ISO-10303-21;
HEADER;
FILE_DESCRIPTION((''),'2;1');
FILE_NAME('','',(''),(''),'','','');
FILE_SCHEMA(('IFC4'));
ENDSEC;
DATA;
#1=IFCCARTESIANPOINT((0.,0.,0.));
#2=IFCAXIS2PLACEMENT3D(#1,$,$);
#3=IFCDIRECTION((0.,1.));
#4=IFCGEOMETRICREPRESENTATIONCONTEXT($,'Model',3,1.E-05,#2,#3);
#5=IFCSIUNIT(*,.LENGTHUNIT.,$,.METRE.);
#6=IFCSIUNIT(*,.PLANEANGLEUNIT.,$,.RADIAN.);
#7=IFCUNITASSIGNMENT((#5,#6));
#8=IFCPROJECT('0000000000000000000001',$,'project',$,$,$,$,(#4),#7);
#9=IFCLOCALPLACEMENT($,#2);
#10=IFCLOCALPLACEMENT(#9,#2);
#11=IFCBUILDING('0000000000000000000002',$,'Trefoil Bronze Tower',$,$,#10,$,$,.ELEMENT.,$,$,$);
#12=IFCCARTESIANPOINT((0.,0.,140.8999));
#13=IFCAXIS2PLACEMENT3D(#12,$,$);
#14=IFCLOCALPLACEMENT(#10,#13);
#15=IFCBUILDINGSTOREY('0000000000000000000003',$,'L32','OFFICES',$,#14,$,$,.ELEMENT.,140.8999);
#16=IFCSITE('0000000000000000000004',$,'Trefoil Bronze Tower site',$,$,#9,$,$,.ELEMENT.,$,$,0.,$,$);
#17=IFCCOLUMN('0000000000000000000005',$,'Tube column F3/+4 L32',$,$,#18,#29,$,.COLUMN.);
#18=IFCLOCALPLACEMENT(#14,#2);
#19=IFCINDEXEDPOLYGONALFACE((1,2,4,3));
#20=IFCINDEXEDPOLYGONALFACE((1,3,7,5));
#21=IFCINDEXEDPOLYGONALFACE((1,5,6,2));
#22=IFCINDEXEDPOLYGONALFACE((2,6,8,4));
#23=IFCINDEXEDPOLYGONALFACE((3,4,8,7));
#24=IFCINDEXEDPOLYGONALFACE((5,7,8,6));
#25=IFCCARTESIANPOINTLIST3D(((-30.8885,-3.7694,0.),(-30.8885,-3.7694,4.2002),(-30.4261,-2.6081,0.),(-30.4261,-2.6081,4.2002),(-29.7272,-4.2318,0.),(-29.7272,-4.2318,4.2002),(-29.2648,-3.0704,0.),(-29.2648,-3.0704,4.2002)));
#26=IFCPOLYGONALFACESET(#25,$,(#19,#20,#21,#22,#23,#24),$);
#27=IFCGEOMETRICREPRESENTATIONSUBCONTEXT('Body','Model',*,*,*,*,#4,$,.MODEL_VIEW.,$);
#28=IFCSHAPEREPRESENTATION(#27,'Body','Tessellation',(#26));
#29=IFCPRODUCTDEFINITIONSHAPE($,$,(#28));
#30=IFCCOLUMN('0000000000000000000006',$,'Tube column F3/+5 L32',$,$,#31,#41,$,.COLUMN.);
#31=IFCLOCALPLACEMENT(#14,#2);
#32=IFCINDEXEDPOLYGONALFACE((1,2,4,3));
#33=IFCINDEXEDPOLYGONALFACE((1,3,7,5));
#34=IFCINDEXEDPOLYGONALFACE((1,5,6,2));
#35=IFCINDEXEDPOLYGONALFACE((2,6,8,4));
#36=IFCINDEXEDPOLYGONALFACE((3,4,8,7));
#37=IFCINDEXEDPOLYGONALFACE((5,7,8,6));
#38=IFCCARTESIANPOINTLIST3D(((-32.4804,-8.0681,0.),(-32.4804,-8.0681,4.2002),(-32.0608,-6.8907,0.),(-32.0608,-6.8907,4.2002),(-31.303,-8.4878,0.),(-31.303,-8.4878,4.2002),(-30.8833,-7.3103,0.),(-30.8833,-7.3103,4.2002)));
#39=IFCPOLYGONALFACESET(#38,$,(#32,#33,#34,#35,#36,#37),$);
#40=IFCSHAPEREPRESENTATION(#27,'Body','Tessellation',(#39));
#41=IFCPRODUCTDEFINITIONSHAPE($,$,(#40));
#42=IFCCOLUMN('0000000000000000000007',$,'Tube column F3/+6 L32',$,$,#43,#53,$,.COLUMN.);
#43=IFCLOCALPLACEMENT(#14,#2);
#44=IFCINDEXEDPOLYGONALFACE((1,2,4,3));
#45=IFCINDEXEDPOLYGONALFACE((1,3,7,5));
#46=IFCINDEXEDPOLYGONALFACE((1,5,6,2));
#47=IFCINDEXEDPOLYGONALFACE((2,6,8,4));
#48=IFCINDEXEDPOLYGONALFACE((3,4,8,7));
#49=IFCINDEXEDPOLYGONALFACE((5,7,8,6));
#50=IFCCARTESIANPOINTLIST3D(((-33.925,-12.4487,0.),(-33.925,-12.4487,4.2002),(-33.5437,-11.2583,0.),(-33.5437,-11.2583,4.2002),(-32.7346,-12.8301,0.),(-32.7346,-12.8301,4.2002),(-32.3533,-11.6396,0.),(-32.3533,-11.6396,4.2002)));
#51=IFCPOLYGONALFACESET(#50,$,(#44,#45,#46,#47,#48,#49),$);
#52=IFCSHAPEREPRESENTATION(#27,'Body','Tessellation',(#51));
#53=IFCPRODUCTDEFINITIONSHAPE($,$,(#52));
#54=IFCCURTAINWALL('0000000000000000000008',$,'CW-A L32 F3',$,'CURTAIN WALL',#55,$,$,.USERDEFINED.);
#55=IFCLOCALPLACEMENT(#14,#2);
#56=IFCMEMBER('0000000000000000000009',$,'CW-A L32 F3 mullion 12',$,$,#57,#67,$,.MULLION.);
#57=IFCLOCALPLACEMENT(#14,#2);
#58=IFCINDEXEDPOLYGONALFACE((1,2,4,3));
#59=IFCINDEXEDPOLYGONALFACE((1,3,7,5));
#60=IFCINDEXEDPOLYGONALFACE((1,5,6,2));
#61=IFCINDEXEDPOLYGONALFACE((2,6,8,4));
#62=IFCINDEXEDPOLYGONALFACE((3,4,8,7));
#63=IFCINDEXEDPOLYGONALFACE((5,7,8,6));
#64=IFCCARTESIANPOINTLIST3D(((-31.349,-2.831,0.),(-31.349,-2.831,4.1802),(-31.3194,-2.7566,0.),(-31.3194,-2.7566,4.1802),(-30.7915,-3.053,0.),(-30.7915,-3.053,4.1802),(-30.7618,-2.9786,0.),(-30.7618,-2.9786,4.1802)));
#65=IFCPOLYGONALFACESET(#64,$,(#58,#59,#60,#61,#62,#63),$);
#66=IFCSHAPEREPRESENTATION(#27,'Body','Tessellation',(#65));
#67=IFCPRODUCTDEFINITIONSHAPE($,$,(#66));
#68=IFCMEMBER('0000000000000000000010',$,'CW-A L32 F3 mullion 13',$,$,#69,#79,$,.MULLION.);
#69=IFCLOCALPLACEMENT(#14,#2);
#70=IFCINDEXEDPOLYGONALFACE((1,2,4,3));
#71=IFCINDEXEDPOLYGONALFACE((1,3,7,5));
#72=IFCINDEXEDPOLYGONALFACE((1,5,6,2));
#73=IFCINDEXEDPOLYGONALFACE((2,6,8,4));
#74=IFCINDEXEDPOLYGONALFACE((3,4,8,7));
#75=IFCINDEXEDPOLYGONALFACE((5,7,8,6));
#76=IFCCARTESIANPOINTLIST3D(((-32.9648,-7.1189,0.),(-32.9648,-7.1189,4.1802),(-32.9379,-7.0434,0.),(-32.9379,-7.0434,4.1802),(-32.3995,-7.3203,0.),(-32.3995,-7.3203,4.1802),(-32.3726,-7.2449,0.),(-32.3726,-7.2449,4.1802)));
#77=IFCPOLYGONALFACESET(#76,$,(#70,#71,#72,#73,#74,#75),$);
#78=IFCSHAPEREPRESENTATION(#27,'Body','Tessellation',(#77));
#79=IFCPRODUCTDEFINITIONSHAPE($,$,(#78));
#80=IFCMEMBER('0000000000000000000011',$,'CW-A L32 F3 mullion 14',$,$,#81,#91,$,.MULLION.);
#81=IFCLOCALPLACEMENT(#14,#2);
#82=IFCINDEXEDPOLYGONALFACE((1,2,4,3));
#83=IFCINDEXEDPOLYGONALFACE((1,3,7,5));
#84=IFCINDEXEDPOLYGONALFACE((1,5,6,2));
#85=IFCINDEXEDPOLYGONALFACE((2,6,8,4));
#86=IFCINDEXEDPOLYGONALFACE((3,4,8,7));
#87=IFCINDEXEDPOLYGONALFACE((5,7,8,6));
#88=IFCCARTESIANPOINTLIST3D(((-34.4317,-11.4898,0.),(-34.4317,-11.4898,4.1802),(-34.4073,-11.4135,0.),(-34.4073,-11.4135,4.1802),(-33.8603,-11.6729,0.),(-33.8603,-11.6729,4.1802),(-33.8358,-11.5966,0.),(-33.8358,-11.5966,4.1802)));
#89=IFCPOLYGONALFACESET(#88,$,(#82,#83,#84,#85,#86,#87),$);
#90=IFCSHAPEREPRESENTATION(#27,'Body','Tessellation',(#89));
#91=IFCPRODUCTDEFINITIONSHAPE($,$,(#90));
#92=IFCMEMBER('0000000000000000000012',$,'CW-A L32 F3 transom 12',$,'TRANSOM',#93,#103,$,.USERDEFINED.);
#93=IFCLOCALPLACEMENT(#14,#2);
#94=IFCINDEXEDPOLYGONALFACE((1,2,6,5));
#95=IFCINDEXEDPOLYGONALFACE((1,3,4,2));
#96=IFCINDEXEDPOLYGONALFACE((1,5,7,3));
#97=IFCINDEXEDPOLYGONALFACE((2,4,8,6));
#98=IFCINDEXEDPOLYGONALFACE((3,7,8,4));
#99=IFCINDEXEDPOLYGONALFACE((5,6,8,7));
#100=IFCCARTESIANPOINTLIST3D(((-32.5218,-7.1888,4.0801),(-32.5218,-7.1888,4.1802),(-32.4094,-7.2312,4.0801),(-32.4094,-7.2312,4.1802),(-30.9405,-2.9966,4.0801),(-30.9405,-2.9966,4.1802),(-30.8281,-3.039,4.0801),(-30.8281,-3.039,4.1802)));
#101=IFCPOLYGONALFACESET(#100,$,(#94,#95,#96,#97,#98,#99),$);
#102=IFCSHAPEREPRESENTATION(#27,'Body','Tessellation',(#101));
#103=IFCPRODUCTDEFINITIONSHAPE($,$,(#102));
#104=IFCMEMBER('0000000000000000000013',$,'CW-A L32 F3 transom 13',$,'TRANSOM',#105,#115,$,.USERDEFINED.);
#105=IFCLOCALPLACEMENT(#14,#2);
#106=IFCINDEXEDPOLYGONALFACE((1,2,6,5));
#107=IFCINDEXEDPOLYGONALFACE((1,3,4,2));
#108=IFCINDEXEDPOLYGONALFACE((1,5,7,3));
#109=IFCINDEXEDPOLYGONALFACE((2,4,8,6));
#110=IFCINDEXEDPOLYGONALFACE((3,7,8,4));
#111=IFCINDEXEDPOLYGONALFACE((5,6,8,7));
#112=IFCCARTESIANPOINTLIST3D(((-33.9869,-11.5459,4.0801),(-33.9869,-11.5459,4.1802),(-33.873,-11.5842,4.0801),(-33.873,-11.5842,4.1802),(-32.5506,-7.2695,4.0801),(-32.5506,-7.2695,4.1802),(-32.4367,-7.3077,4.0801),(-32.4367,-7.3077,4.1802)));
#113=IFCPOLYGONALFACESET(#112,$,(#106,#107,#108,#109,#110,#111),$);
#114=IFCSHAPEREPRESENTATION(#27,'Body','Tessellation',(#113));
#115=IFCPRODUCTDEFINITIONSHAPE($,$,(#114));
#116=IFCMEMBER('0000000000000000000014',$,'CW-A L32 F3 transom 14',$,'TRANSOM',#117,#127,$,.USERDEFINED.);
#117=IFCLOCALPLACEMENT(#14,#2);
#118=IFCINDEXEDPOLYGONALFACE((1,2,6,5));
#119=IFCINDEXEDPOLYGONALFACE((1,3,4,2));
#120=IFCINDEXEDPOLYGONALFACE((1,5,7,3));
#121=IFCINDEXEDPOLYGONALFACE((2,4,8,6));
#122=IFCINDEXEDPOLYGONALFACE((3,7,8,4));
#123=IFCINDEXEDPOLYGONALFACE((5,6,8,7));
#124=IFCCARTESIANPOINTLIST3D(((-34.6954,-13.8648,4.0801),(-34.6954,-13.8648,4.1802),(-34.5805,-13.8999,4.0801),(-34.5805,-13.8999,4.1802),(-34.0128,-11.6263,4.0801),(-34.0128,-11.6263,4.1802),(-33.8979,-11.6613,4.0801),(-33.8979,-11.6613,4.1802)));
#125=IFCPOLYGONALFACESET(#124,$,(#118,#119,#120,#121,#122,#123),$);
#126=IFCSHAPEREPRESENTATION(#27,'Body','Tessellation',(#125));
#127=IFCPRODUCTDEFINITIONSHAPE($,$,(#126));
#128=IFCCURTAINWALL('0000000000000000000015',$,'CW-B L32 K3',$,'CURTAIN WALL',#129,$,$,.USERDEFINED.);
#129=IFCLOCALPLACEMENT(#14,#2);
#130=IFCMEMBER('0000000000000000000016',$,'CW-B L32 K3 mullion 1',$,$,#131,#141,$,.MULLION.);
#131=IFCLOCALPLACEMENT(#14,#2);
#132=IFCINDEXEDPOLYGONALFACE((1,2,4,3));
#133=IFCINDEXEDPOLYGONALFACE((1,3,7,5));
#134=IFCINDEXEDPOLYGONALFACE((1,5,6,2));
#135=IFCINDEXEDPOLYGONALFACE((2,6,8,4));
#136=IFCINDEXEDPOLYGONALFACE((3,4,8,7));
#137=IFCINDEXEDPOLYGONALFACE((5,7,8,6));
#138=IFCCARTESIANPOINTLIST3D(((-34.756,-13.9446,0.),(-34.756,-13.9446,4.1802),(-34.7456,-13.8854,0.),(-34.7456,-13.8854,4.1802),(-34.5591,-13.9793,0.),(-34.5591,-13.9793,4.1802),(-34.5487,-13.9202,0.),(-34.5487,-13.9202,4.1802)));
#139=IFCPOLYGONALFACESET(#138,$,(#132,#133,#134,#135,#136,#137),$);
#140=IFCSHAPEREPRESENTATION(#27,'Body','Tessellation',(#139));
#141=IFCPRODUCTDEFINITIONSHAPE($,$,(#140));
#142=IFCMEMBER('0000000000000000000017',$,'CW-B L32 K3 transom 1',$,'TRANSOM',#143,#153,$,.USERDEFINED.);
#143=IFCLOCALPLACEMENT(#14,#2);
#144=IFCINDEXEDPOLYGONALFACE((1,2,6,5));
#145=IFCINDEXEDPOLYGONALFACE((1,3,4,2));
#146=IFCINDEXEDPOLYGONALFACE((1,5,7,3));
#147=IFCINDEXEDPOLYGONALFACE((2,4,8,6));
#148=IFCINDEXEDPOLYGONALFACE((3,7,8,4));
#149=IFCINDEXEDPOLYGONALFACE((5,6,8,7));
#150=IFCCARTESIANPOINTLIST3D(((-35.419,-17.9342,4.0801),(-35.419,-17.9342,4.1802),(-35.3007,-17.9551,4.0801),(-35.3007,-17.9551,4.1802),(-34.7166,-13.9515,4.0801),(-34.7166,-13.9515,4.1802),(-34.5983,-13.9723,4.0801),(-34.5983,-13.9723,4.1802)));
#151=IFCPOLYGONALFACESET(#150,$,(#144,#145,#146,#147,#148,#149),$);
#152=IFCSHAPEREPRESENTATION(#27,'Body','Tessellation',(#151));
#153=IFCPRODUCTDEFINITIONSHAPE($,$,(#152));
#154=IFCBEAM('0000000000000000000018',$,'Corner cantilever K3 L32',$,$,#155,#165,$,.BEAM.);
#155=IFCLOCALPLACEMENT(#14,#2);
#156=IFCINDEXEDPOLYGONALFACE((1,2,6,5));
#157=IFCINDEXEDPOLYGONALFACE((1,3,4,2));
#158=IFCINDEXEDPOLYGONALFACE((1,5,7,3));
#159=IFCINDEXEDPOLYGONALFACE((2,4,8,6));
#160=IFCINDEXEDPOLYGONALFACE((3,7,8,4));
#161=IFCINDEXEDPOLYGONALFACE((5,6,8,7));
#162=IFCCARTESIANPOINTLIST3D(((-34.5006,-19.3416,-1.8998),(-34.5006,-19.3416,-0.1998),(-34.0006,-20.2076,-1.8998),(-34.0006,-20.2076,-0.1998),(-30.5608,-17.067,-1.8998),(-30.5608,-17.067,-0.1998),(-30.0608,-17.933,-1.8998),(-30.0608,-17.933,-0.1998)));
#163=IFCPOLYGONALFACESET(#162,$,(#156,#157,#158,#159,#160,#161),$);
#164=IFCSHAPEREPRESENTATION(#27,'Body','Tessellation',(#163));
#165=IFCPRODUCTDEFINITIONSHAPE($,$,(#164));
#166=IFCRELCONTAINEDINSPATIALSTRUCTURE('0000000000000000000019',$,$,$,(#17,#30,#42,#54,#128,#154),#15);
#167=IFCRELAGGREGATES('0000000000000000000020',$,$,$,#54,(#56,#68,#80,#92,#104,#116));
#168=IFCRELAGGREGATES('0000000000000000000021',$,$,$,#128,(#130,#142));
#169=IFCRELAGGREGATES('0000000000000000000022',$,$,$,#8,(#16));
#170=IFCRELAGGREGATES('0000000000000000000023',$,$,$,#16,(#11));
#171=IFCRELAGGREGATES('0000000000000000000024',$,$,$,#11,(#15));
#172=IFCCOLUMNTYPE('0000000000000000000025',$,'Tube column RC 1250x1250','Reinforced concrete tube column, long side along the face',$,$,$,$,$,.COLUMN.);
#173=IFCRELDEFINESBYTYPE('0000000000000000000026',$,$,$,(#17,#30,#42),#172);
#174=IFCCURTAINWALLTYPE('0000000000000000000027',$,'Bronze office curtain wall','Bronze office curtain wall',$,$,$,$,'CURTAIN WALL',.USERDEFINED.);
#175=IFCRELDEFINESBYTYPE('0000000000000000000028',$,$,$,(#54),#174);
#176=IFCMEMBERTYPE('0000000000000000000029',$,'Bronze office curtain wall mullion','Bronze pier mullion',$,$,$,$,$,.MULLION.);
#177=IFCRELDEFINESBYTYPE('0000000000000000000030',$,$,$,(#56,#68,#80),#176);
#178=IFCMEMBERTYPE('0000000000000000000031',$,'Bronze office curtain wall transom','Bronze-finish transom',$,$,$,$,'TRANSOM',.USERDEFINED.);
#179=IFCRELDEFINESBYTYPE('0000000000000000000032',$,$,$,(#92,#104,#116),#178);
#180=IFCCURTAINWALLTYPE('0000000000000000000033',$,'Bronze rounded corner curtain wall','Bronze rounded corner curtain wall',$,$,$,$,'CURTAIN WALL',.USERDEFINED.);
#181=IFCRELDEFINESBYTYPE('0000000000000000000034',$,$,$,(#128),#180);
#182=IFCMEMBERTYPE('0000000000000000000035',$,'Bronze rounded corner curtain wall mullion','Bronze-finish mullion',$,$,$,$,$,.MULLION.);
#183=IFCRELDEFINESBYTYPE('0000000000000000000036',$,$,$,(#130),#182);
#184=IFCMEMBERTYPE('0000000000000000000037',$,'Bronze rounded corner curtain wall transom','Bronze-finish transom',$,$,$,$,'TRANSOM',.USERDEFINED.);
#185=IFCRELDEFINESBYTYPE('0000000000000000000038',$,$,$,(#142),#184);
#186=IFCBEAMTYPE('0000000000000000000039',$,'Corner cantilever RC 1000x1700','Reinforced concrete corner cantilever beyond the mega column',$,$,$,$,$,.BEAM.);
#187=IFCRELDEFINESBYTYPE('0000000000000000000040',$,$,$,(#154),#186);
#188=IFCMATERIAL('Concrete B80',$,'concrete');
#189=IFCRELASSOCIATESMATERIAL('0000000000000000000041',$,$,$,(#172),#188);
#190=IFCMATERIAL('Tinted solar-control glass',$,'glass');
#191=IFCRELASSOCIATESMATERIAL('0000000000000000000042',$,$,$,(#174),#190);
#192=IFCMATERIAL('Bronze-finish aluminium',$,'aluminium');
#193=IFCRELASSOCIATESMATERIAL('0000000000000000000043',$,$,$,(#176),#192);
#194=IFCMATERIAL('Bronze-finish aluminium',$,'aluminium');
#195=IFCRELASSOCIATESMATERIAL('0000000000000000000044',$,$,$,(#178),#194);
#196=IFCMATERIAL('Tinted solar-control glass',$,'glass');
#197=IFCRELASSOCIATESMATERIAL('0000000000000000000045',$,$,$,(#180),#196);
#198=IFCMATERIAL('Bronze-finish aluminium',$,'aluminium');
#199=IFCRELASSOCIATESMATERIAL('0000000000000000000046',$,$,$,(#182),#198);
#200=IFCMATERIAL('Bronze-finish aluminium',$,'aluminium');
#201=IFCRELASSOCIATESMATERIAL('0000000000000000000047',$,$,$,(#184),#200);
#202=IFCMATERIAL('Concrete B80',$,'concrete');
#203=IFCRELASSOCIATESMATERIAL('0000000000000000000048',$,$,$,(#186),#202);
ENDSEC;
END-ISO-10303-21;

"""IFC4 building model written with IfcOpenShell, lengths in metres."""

from ifc_helpers import new_model, si_unit, direction, frame, origin, origin_2d, place, context, subcontext, project, spatial, rectangle, extrude, material, material_profile, profile_set, type_object, element, aggregate, save


model = new_model("IFC4")

# Units and contexts
model_context = context("Model", 3, precision=1e-05, world=origin(), true_north=direction((0.0, 1.0)))
body_context = subcontext(model_context, "Body", "Model", "MODEL_VIEW")
ifc_project = project(units=[si_unit("LENGTHUNIT", "METRE"), si_unit("PLANEANGLEUNIT", "RADIAN")], contexts=[model_context])

# Site, building, storey
site_placement = place(None, origin())
site = spatial("IfcSite", under=ifc_project, at=site_placement, Name="Trefoil Bronze Tower site", CompositionType="ELEMENT", RefElevation=0.0)
building_placement = place(site_placement, origin())
building = spatial("IfcBuilding", under=site, at=building_placement, Name="Trefoil Bronze Tower", CompositionType="ELEMENT")
storey_placement = place(building_placement, frame((0.0, 0.0, 140.8999)))
storey = spatial("IfcBuildingStorey", under=building, at=storey_placement, Name="L32", Description="OFFICES", CompositionType="ELEMENT", Elevation=140.8999)

# Columns
ifc_material_1 = material(Name="Concrete B80", Category="concrete")
ifc_material_profile_1 = material_profile(ifc_material_1, rectangle(XDim=1.25, YDim=1.25, at=origin_2d()), Name="RC 1250x1250")
ifc_profile_set_1 = profile_set([ifc_material_profile_1], Name="Concrete B80")
column_type = type_object("IfcColumnType", Name="Tube column RC 1250x1250", Description="Reinforced concrete tube column, long side along the face", PredefinedType="COLUMN", material=ifc_profile_set_1)
for number, where, z_axis, x_axis, name in (
    (1, (-30.0767, -3.4199, 0.0), (0.0, 0.0, 1.0), (-0.369901, -0.929071, 0.0), "Tube column F3/+4 L32"),
    (2, (-31.6819, -7.6892, 0.0), (0.0, 0.0, 1.0), (-0.335718, -0.941963, 0.0), "Tube column F3/+5 L32"),
    (3, (-33.1392, -12.0442, 0.0), (0.0, 0.0, 1.0), (-0.305066, -0.952331, 0.0), "Tube column F3/+6 L32"),
):
    element("IfcColumn", number, at=place(storey_placement, frame(where, z_axis=z_axis, x_axis=x_axis)), inside=storey, type_object=column_type, Name=name, PredefinedType="COLUMN", context=body_context, shape_type="SweptSolid", body=[
        extrude(rectangle(XDim=1.25, YDim=1.25, at=origin_2d()), origin(), (0.0, 0.0, 1.0), 4.2002),
    ])

# Curtain walls, members
ifc_material_2 = material(Name="Tinted solar-control glass", Category="glass")
curtain_wall_type_1 = type_object("IfcCurtainWallType", Name="Bronze office curtain wall", Description="Bronze office curtain wall", ElementType="CURTAIN WALL", PredefinedType="USERDEFINED", material=ifc_material_2)
curtain_wall_1_placement = place(storey_placement, origin())
curtain_wall_1 = element("IfcCurtainWall", 4, at=curtain_wall_1_placement, inside=storey, type_object=curtain_wall_type_1, Name="CW-A L32 F3", ObjectType="CURTAIN WALL", PredefinedType="USERDEFINED")
ifc_material_3 = material(Name="Bronze-finish aluminium", Category="aluminium")
ifc_material_profile_2 = material_profile(ifc_material_3, rectangle(XDim=0.6001, YDim=0.0801, at=origin_2d()), Name="CW-A mullion")
ifc_profile_set_2 = profile_set([ifc_material_profile_2], Name="Bronze-finish aluminium")
member_type_1 = type_object("IfcMemberType", Name="Bronze office curtain wall mullion", Description="Bronze pier mullion", PredefinedType="MULLION", material=ifc_profile_set_2)
member_1_placement = place(storey_placement, frame((-31.0554, -2.9048, 0.0), z_axis=(0.0, 0.0, 1.0), x_axis=(0.929071, -0.369901, 0.0)))
member_1 = element("IfcMember", 5, at=member_1_placement, type_object=member_type_1, Name="CW-A L32 F3 mullion 12", PredefinedType="MULLION", context=body_context, shape_type="SweptSolid", body=[
    extrude(rectangle(XDim=0.6001, YDim=0.0801, at=origin_2d()), origin(), (0.0, 0.0, 1.0), 4.1802),
])
member_2_placement = place(storey_placement, frame((-32.6687, -7.1819, 0.0), z_axis=(0.0, 0.0, 1.0), x_axis=(0.941963, -0.335718, 0.0)))
member_2 = element("IfcMember", 6, at=member_2_placement, type_object=member_type_1, Name="CW-A L32 F3 mullion 13", PredefinedType="MULLION", context=body_context, shape_type="SweptSolid", body=[
    extrude(rectangle(XDim=0.6001, YDim=0.0801, at=origin_2d()), origin(), (0.0, 0.0, 1.0), 4.1802),
])
member_3_placement = place(storey_placement, frame((-34.1338, -11.5432, 0.0), z_axis=(0.0, 0.0, 1.0), x_axis=(0.952331, -0.305066, 0.0)))
member_3 = element("IfcMember", 7, at=member_3_placement, type_object=member_type_1, Name="CW-A L32 F3 mullion 14", PredefinedType="MULLION", context=body_context, shape_type="SweptSolid", body=[
    extrude(rectangle(XDim=0.6001, YDim=0.0801, at=origin_2d()), origin(), (0.0, 0.0, 1.0), 4.1802),
])
ifc_material_4 = material(Name="Bronze-finish aluminium", Category="aluminium")
ifc_material_profile_3 = material_profile(ifc_material_4, rectangle(XDim=0.1201, YDim=0.1001, at=origin_2d()), Name="CW-A transom")
ifc_profile_set_3 = profile_set([ifc_material_profile_3], Name="Bronze-finish aluminium")
member_type_2 = type_object("IfcMemberType", Name="Bronze office curtain wall transom", Description="Bronze-finish transom", ElementType="TRANSOM", PredefinedType="USERDEFINED", material=ifc_profile_set_3)
member_4_placement = place(storey_placement, frame((-30.8843, -3.0178, 4.1301), z_axis=(-0.352932, -0.935649, 0.0), x_axis=(0.935649, -0.352932, 0.0)))
member_4 = element("IfcMember", 8, at=member_4_placement, type_object=member_type_2, Name="CW-A L32 F3 transom 12", ObjectType="TRANSOM", PredefinedType="USERDEFINED", context=body_context, shape_type="SweptSolid", body=[
    extrude(rectangle(XDim=0.1201, YDim=0.1001, at=origin_2d()), origin(), (0.0, 0.0, 1.0), 4.4805),
])
member_5_placement = place(storey_placement, frame((-32.4937, -7.2886, 4.1301), z_axis=(-0.318386, -0.947961, 0.0), x_axis=(0.947961, -0.318386, 0.0)))
member_5 = element("IfcMember", 9, at=member_5_placement, type_object=member_type_2, Name="CW-A L32 F3 transom 13", ObjectType="TRANSOM", PredefinedType="USERDEFINED", context=body_context, shape_type="SweptSolid", body=[
    extrude(rectangle(XDim=0.1201, YDim=0.1001, at=origin_2d()), origin(), (0.0, 0.0, 1.0), 4.5112),
])
member_6_placement = place(storey_placement, frame((-33.9553, -11.6438, 4.1301), z_axis=(-0.29168, -0.956516, 0.0), x_axis=(0.956516, -0.29168, 0.0)))
member_6 = element("IfcMember", 10, at=member_6_placement, type_object=member_type_2, Name="CW-A L32 F3 transom 14", ObjectType="TRANSOM", PredefinedType="USERDEFINED", context=body_context, shape_type="SweptSolid", body=[
    extrude(rectangle(XDim=0.1201, YDim=0.1001, at=origin_2d()), origin(), (0.0, 0.0, 1.0), 2.3403),
])
ifc_material_5 = material(Name="Tinted solar-control glass", Category="glass")
curtain_wall_type_2 = type_object("IfcCurtainWallType", Name="Bronze rounded corner curtain wall", Description="Bronze rounded corner curtain wall", ElementType="CURTAIN WALL", PredefinedType="USERDEFINED", material=ifc_material_5)
curtain_wall_2_placement = place(storey_placement, origin())
curtain_wall_2 = element("IfcCurtainWall", 11, at=curtain_wall_2_placement, inside=storey, type_object=curtain_wall_type_2, Name="CW-B L32 K3", ObjectType="CURTAIN WALL", PredefinedType="USERDEFINED")
ifc_material_6 = material(Name="Bronze-finish aluminium", Category="aluminium")
ifc_material_profile_4 = material_profile(ifc_material_6, rectangle(XDim=0.2, YDim=0.0601, at=origin_2d()), Name="CW-B mullion")
ifc_profile_set_4 = profile_set([ifc_material_profile_4], Name="Bronze-finish aluminium")
member_type_3 = type_object("IfcMemberType", Name="Bronze rounded corner curtain wall mullion", Description="Bronze-finish mullion", PredefinedType="MULLION", material=ifc_profile_set_4)
member_7_placement = place(storey_placement, frame((-34.6523, -13.9324, 0.0), z_axis=(0.0, 0.0, 1.0), x_axis=(0.984808, -0.173648, 0.0)))
member_7 = element("IfcMember", 12, at=member_7_placement, type_object=member_type_3, Name="CW-B L32 K3 mullion 1", PredefinedType="MULLION", context=body_context, shape_type="SweptSolid", body=[
    extrude(rectangle(XDim=0.2, YDim=0.0601, at=origin_2d()), origin(), (0.0, 0.0, 1.0), 4.1802),
])
ifc_material_7 = material(Name="Bronze-finish aluminium", Category="aluminium")
ifc_material_profile_5 = material_profile(ifc_material_7, rectangle(XDim=0.1201, YDim=0.1001, at=origin_2d()), Name="CW-B transom")
ifc_profile_set_5 = profile_set([ifc_material_profile_5], Name="Bronze-finish aluminium")
member_type_4 = type_object("IfcMemberType", Name="Bronze rounded corner curtain wall transom", Description="Bronze-finish transom", ElementType="TRANSOM", PredefinedType="USERDEFINED", material=ifc_profile_set_5)
member_8_placement = place(storey_placement, frame((-34.6575, -13.9619, 4.1301), z_axis=(-0.173682, -0.984802, 0.0), x_axis=(0.984802, -0.173682, 0.0)))
member_8 = element("IfcMember", 13, at=member_8_placement, type_object=member_type_4, Name="CW-B L32 K3 transom 1", ObjectType="TRANSOM", PredefinedType="USERDEFINED", context=body_context, shape_type="SweptSolid", body=[
    extrude(rectangle(XDim=0.1201, YDim=0.1001, at=origin_2d()), origin(), (0.0, 0.0, 1.0), 4.0442),
])

# Beam
ifc_material_8 = material(Name="Concrete B80", Category="concrete")
ifc_material_profile_6 = material_profile(ifc_material_8, rectangle(XDim=1.0, YDim=1.7, at=origin_2d()), Name="RC 1000x1700")
ifc_profile_set_6 = profile_set([ifc_material_profile_6], Name="Concrete B80")
beam_type_1 = type_object("IfcBeamType", Name="Corner cantilever RC 1000x1700", Description="Reinforced concrete corner cantilever beyond the mega column", PredefinedType="BEAM", material=ifc_profile_set_6)
beam_1_placement = place(storey_placement, frame((-30.3108, -17.5, -1.0498), z_axis=(-0.866032, -0.499989, 0.0), x_axis=(0.499989, -0.866032, 0.0)))
element("IfcBeam", 14, at=beam_1_placement, inside=storey, type_object=beam_type_1, Name="Corner cantilever K3 L32", PredefinedType="BEAM", context=body_context, shape_type="SweptSolid", body=[
    extrude(rectangle(XDim=1.0, YDim=1.7, at=origin_2d()), origin(), (0.0, 0.0, 1.0), 4.5493),
])

aggregate(curtain_wall_1, [member_1, member_2, member_3, member_4, member_5, member_6])
aggregate(curtain_wall_2, [member_7, member_8])

save(model, "model.ifc")
